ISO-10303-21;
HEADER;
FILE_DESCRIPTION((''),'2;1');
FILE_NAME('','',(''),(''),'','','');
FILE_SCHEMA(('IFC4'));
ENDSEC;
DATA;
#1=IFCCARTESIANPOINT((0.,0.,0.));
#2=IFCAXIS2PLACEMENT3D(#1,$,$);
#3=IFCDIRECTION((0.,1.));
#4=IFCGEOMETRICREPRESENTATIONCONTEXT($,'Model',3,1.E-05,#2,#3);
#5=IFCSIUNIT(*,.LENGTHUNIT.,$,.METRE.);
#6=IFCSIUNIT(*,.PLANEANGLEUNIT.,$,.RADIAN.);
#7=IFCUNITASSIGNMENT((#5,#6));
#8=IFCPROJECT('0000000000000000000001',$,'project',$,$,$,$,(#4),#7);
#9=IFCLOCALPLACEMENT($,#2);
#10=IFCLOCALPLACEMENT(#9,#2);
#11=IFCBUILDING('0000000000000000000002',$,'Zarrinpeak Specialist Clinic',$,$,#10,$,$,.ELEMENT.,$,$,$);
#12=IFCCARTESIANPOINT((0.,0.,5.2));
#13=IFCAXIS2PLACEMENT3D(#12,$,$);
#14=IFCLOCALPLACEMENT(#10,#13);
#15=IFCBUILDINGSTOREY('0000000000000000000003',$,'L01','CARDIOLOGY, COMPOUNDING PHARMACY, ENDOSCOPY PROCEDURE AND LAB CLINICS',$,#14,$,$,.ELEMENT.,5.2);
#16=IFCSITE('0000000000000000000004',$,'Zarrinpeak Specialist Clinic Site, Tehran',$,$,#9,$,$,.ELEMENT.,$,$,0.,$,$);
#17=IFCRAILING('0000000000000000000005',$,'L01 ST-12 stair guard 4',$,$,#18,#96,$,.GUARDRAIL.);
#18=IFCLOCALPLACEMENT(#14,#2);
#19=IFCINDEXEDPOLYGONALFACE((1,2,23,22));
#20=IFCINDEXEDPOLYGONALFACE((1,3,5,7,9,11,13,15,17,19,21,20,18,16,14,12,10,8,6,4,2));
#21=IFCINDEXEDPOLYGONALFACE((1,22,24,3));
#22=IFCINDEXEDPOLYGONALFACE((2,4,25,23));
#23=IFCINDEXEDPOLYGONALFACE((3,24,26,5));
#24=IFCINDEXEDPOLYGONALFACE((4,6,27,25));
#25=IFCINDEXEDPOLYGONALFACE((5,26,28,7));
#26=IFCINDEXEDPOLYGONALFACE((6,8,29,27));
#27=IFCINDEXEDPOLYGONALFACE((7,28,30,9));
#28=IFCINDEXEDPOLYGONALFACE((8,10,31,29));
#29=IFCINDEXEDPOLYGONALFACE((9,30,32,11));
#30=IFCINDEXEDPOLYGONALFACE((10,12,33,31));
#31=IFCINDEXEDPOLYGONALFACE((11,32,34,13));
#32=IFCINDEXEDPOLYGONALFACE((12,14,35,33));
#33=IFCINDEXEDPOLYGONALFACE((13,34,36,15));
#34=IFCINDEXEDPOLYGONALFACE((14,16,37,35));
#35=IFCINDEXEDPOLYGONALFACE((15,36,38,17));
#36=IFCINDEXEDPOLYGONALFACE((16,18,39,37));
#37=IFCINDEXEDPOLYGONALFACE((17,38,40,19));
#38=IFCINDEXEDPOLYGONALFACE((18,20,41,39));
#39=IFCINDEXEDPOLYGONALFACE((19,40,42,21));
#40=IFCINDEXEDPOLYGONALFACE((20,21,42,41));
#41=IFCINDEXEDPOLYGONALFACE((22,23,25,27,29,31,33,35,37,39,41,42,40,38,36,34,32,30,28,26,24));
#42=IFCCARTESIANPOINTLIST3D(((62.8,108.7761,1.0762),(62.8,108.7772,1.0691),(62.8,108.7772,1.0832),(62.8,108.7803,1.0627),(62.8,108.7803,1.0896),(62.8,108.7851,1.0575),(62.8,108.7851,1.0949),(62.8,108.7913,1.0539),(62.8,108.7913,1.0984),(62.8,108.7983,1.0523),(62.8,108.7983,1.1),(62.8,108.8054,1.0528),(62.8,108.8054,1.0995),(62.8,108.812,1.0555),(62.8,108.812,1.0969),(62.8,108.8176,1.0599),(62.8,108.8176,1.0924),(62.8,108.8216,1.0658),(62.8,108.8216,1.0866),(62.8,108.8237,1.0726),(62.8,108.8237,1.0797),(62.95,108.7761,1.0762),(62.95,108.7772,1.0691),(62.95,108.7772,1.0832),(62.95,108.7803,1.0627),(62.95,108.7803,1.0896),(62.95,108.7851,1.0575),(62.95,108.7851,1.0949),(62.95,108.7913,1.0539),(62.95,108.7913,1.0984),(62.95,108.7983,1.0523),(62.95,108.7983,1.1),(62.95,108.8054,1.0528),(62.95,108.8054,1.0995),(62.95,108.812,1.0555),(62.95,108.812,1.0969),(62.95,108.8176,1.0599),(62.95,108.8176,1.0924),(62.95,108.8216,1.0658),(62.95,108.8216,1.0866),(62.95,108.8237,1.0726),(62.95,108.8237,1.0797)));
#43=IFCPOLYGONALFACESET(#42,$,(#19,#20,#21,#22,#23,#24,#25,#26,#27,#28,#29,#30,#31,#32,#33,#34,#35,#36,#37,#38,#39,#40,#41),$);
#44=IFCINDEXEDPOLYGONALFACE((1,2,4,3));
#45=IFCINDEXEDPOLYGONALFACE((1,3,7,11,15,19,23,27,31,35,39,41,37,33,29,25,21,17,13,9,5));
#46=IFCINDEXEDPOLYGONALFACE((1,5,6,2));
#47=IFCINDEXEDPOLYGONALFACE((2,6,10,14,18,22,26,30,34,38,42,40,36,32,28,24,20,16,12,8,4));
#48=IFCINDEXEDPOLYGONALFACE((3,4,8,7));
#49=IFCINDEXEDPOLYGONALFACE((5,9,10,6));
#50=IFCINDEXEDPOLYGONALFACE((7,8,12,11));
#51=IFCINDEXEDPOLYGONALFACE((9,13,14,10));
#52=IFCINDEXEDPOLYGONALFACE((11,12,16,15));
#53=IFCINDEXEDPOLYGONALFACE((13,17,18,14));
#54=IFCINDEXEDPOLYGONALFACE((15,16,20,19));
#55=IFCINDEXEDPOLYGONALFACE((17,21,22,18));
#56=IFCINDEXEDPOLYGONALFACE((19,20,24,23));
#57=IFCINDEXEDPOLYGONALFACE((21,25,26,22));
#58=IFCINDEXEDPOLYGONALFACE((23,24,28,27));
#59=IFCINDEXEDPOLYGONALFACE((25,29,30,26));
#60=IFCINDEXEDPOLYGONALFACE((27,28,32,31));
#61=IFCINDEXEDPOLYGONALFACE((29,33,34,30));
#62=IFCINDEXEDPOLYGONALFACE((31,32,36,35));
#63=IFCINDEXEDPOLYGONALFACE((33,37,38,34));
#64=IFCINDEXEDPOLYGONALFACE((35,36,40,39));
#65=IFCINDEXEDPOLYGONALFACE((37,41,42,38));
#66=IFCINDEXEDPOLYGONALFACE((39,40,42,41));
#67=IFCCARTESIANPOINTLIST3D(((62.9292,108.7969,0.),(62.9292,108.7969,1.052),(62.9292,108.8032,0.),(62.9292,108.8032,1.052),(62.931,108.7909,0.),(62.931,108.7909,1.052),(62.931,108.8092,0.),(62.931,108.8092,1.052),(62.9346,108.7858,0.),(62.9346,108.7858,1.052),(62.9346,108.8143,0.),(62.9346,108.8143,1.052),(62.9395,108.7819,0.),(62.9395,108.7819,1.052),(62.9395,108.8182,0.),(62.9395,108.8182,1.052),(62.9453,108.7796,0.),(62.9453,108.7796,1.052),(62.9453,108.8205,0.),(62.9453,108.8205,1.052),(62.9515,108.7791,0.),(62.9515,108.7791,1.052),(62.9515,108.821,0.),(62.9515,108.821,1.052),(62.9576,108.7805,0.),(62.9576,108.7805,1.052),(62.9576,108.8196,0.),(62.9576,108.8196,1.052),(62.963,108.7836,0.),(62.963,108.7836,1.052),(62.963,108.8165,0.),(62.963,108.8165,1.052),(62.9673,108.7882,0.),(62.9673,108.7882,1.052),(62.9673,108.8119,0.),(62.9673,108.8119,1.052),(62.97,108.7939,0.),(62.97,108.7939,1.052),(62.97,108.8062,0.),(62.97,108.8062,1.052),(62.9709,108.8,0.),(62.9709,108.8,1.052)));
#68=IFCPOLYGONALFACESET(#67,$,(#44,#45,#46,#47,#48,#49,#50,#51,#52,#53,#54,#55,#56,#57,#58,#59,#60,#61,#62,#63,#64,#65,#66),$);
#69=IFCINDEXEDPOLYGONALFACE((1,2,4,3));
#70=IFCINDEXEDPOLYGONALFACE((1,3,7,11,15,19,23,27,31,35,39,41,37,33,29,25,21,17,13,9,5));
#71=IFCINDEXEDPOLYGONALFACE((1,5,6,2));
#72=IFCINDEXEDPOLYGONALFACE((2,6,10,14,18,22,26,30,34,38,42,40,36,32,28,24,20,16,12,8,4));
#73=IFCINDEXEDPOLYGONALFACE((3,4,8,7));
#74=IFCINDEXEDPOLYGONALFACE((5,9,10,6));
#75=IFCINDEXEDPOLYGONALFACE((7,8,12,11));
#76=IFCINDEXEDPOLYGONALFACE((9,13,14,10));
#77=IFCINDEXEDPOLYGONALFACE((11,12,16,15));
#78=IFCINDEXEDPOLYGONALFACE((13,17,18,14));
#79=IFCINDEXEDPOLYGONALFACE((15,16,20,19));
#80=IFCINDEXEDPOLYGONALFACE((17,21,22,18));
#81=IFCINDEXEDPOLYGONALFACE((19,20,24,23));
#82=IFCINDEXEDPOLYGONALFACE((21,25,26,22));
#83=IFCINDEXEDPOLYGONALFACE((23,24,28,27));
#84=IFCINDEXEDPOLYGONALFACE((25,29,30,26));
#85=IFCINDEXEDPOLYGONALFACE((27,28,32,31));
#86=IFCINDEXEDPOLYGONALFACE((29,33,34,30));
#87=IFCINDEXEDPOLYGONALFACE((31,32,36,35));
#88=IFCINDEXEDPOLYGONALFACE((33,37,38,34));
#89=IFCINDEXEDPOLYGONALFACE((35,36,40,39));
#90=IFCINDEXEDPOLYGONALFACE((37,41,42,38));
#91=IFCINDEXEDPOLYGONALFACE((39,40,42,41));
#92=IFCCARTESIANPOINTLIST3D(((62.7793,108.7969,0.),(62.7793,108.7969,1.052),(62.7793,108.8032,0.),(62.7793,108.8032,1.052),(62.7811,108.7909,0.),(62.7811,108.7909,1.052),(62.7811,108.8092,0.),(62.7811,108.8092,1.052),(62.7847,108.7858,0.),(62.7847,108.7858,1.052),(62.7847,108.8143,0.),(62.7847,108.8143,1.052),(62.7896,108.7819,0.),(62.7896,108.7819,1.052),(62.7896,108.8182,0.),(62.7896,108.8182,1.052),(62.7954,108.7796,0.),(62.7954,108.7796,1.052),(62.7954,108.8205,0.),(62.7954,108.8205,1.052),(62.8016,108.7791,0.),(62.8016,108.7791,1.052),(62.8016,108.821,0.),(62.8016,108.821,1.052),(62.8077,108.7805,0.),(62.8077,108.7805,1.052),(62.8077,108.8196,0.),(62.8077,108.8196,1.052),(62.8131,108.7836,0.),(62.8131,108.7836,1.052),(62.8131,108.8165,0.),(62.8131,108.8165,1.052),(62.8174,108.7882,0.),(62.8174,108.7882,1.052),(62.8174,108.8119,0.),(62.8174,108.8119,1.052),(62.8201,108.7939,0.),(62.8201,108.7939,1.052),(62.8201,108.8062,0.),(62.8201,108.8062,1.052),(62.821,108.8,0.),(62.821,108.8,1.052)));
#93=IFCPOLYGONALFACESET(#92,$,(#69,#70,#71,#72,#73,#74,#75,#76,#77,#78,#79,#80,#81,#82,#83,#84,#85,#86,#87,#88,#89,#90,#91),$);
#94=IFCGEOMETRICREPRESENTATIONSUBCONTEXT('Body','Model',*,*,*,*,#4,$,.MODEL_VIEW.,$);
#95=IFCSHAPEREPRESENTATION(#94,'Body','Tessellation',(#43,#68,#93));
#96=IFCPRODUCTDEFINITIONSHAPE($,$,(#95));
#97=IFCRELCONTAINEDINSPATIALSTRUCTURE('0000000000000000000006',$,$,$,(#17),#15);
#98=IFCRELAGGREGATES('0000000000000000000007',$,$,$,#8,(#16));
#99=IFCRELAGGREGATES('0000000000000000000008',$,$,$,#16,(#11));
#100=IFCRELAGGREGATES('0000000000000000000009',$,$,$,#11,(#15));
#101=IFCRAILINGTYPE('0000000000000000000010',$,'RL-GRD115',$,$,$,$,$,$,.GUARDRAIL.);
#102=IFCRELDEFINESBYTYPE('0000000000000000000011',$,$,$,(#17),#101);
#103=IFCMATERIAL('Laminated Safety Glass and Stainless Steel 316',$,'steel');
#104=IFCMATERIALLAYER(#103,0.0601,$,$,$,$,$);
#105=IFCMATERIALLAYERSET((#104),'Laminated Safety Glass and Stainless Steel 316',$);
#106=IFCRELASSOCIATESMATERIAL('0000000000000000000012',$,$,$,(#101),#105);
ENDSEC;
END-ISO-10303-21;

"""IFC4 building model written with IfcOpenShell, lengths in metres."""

from ifc_helpers import new_model, si_unit, direction, frame, origin, origin_2d, place, context, subcontext, project, spatial, circle, extrude, material, layer, layer_set, type_object, element, save


model = new_model("IFC4")

# Units and contexts
model_context = context("Model", 3, precision=1e-05, world=origin(), true_north=direction((0.0, 1.0)))
body_context = subcontext(model_context, "Body", "Model", "MODEL_VIEW")
ifc_project = project(units=[si_unit("LENGTHUNIT", "METRE"), si_unit("PLANEANGLEUNIT", "RADIAN")], contexts=[model_context])

# Site, building, storey
site_placement = place(None, origin())
site = spatial("IfcSite", under=ifc_project, at=site_placement, Name="Zarrinpeak Specialist Clinic Site, Tehran", CompositionType="ELEMENT", RefElevation=0.0)
building_placement = place(site_placement, origin())
building = spatial("IfcBuilding", under=site, at=building_placement, Name="Zarrinpeak Specialist Clinic", CompositionType="ELEMENT")
storey_placement = place(building_placement, frame((0.0, 0.0, 5.2)))
storey = spatial("IfcBuildingStorey", under=building, at=storey_placement, Name="L01", Description="CARDIOLOGY, COMPOUNDING PHARMACY, ENDOSCOPY PROCEDURE AND LAB CLINICS", CompositionType="ELEMENT", Elevation=5.2)

# Railing
ifc_material_1 = material(Name="Laminated Safety Glass and Stainless Steel 316", Category="steel")
ifc_layer_1 = layer(ifc_material_1, 0.0601)
ifc_layer_set_1 = layer_set([ifc_layer_1], Name="Laminated Safety Glass and Stainless Steel 316")
railing_type_1 = type_object("IfcRailingType", Name="RL-GRD115", PredefinedType="GUARDRAIL", material=ifc_layer_set_1)
railing_1_placement = place(storey_placement, frame((62.95, 108.8, 0.0)))
element("IfcRailing", 1, at=railing_1_placement, inside=storey, type_object=railing_type_1, Name="L01 ST-12 stair guard 4", PredefinedType="GUARDRAIL", context=body_context, shape_type="SweptSolid", body=[
    extrude(circle(Radius=0.0239, at=origin_2d()), frame((0.0, 0.0, 1.0762), z_axis=(-1.0, 0.0, 0.0), x_axis=(0.0, -1.0, 0.0)), (0.0, 0.0, 1.0), 0.1499),
    extrude(circle(Radius=0.021, at=origin_2d()), origin(), (0.0, 0.0, 1.0), 1.052),
    extrude(circle(Radius=0.021, at=origin_2d()), frame((-0.1499, 0.0, 0.0)), (0.0, 0.0, 1.0), 1.052),
])

save(model, "model.ifc")
